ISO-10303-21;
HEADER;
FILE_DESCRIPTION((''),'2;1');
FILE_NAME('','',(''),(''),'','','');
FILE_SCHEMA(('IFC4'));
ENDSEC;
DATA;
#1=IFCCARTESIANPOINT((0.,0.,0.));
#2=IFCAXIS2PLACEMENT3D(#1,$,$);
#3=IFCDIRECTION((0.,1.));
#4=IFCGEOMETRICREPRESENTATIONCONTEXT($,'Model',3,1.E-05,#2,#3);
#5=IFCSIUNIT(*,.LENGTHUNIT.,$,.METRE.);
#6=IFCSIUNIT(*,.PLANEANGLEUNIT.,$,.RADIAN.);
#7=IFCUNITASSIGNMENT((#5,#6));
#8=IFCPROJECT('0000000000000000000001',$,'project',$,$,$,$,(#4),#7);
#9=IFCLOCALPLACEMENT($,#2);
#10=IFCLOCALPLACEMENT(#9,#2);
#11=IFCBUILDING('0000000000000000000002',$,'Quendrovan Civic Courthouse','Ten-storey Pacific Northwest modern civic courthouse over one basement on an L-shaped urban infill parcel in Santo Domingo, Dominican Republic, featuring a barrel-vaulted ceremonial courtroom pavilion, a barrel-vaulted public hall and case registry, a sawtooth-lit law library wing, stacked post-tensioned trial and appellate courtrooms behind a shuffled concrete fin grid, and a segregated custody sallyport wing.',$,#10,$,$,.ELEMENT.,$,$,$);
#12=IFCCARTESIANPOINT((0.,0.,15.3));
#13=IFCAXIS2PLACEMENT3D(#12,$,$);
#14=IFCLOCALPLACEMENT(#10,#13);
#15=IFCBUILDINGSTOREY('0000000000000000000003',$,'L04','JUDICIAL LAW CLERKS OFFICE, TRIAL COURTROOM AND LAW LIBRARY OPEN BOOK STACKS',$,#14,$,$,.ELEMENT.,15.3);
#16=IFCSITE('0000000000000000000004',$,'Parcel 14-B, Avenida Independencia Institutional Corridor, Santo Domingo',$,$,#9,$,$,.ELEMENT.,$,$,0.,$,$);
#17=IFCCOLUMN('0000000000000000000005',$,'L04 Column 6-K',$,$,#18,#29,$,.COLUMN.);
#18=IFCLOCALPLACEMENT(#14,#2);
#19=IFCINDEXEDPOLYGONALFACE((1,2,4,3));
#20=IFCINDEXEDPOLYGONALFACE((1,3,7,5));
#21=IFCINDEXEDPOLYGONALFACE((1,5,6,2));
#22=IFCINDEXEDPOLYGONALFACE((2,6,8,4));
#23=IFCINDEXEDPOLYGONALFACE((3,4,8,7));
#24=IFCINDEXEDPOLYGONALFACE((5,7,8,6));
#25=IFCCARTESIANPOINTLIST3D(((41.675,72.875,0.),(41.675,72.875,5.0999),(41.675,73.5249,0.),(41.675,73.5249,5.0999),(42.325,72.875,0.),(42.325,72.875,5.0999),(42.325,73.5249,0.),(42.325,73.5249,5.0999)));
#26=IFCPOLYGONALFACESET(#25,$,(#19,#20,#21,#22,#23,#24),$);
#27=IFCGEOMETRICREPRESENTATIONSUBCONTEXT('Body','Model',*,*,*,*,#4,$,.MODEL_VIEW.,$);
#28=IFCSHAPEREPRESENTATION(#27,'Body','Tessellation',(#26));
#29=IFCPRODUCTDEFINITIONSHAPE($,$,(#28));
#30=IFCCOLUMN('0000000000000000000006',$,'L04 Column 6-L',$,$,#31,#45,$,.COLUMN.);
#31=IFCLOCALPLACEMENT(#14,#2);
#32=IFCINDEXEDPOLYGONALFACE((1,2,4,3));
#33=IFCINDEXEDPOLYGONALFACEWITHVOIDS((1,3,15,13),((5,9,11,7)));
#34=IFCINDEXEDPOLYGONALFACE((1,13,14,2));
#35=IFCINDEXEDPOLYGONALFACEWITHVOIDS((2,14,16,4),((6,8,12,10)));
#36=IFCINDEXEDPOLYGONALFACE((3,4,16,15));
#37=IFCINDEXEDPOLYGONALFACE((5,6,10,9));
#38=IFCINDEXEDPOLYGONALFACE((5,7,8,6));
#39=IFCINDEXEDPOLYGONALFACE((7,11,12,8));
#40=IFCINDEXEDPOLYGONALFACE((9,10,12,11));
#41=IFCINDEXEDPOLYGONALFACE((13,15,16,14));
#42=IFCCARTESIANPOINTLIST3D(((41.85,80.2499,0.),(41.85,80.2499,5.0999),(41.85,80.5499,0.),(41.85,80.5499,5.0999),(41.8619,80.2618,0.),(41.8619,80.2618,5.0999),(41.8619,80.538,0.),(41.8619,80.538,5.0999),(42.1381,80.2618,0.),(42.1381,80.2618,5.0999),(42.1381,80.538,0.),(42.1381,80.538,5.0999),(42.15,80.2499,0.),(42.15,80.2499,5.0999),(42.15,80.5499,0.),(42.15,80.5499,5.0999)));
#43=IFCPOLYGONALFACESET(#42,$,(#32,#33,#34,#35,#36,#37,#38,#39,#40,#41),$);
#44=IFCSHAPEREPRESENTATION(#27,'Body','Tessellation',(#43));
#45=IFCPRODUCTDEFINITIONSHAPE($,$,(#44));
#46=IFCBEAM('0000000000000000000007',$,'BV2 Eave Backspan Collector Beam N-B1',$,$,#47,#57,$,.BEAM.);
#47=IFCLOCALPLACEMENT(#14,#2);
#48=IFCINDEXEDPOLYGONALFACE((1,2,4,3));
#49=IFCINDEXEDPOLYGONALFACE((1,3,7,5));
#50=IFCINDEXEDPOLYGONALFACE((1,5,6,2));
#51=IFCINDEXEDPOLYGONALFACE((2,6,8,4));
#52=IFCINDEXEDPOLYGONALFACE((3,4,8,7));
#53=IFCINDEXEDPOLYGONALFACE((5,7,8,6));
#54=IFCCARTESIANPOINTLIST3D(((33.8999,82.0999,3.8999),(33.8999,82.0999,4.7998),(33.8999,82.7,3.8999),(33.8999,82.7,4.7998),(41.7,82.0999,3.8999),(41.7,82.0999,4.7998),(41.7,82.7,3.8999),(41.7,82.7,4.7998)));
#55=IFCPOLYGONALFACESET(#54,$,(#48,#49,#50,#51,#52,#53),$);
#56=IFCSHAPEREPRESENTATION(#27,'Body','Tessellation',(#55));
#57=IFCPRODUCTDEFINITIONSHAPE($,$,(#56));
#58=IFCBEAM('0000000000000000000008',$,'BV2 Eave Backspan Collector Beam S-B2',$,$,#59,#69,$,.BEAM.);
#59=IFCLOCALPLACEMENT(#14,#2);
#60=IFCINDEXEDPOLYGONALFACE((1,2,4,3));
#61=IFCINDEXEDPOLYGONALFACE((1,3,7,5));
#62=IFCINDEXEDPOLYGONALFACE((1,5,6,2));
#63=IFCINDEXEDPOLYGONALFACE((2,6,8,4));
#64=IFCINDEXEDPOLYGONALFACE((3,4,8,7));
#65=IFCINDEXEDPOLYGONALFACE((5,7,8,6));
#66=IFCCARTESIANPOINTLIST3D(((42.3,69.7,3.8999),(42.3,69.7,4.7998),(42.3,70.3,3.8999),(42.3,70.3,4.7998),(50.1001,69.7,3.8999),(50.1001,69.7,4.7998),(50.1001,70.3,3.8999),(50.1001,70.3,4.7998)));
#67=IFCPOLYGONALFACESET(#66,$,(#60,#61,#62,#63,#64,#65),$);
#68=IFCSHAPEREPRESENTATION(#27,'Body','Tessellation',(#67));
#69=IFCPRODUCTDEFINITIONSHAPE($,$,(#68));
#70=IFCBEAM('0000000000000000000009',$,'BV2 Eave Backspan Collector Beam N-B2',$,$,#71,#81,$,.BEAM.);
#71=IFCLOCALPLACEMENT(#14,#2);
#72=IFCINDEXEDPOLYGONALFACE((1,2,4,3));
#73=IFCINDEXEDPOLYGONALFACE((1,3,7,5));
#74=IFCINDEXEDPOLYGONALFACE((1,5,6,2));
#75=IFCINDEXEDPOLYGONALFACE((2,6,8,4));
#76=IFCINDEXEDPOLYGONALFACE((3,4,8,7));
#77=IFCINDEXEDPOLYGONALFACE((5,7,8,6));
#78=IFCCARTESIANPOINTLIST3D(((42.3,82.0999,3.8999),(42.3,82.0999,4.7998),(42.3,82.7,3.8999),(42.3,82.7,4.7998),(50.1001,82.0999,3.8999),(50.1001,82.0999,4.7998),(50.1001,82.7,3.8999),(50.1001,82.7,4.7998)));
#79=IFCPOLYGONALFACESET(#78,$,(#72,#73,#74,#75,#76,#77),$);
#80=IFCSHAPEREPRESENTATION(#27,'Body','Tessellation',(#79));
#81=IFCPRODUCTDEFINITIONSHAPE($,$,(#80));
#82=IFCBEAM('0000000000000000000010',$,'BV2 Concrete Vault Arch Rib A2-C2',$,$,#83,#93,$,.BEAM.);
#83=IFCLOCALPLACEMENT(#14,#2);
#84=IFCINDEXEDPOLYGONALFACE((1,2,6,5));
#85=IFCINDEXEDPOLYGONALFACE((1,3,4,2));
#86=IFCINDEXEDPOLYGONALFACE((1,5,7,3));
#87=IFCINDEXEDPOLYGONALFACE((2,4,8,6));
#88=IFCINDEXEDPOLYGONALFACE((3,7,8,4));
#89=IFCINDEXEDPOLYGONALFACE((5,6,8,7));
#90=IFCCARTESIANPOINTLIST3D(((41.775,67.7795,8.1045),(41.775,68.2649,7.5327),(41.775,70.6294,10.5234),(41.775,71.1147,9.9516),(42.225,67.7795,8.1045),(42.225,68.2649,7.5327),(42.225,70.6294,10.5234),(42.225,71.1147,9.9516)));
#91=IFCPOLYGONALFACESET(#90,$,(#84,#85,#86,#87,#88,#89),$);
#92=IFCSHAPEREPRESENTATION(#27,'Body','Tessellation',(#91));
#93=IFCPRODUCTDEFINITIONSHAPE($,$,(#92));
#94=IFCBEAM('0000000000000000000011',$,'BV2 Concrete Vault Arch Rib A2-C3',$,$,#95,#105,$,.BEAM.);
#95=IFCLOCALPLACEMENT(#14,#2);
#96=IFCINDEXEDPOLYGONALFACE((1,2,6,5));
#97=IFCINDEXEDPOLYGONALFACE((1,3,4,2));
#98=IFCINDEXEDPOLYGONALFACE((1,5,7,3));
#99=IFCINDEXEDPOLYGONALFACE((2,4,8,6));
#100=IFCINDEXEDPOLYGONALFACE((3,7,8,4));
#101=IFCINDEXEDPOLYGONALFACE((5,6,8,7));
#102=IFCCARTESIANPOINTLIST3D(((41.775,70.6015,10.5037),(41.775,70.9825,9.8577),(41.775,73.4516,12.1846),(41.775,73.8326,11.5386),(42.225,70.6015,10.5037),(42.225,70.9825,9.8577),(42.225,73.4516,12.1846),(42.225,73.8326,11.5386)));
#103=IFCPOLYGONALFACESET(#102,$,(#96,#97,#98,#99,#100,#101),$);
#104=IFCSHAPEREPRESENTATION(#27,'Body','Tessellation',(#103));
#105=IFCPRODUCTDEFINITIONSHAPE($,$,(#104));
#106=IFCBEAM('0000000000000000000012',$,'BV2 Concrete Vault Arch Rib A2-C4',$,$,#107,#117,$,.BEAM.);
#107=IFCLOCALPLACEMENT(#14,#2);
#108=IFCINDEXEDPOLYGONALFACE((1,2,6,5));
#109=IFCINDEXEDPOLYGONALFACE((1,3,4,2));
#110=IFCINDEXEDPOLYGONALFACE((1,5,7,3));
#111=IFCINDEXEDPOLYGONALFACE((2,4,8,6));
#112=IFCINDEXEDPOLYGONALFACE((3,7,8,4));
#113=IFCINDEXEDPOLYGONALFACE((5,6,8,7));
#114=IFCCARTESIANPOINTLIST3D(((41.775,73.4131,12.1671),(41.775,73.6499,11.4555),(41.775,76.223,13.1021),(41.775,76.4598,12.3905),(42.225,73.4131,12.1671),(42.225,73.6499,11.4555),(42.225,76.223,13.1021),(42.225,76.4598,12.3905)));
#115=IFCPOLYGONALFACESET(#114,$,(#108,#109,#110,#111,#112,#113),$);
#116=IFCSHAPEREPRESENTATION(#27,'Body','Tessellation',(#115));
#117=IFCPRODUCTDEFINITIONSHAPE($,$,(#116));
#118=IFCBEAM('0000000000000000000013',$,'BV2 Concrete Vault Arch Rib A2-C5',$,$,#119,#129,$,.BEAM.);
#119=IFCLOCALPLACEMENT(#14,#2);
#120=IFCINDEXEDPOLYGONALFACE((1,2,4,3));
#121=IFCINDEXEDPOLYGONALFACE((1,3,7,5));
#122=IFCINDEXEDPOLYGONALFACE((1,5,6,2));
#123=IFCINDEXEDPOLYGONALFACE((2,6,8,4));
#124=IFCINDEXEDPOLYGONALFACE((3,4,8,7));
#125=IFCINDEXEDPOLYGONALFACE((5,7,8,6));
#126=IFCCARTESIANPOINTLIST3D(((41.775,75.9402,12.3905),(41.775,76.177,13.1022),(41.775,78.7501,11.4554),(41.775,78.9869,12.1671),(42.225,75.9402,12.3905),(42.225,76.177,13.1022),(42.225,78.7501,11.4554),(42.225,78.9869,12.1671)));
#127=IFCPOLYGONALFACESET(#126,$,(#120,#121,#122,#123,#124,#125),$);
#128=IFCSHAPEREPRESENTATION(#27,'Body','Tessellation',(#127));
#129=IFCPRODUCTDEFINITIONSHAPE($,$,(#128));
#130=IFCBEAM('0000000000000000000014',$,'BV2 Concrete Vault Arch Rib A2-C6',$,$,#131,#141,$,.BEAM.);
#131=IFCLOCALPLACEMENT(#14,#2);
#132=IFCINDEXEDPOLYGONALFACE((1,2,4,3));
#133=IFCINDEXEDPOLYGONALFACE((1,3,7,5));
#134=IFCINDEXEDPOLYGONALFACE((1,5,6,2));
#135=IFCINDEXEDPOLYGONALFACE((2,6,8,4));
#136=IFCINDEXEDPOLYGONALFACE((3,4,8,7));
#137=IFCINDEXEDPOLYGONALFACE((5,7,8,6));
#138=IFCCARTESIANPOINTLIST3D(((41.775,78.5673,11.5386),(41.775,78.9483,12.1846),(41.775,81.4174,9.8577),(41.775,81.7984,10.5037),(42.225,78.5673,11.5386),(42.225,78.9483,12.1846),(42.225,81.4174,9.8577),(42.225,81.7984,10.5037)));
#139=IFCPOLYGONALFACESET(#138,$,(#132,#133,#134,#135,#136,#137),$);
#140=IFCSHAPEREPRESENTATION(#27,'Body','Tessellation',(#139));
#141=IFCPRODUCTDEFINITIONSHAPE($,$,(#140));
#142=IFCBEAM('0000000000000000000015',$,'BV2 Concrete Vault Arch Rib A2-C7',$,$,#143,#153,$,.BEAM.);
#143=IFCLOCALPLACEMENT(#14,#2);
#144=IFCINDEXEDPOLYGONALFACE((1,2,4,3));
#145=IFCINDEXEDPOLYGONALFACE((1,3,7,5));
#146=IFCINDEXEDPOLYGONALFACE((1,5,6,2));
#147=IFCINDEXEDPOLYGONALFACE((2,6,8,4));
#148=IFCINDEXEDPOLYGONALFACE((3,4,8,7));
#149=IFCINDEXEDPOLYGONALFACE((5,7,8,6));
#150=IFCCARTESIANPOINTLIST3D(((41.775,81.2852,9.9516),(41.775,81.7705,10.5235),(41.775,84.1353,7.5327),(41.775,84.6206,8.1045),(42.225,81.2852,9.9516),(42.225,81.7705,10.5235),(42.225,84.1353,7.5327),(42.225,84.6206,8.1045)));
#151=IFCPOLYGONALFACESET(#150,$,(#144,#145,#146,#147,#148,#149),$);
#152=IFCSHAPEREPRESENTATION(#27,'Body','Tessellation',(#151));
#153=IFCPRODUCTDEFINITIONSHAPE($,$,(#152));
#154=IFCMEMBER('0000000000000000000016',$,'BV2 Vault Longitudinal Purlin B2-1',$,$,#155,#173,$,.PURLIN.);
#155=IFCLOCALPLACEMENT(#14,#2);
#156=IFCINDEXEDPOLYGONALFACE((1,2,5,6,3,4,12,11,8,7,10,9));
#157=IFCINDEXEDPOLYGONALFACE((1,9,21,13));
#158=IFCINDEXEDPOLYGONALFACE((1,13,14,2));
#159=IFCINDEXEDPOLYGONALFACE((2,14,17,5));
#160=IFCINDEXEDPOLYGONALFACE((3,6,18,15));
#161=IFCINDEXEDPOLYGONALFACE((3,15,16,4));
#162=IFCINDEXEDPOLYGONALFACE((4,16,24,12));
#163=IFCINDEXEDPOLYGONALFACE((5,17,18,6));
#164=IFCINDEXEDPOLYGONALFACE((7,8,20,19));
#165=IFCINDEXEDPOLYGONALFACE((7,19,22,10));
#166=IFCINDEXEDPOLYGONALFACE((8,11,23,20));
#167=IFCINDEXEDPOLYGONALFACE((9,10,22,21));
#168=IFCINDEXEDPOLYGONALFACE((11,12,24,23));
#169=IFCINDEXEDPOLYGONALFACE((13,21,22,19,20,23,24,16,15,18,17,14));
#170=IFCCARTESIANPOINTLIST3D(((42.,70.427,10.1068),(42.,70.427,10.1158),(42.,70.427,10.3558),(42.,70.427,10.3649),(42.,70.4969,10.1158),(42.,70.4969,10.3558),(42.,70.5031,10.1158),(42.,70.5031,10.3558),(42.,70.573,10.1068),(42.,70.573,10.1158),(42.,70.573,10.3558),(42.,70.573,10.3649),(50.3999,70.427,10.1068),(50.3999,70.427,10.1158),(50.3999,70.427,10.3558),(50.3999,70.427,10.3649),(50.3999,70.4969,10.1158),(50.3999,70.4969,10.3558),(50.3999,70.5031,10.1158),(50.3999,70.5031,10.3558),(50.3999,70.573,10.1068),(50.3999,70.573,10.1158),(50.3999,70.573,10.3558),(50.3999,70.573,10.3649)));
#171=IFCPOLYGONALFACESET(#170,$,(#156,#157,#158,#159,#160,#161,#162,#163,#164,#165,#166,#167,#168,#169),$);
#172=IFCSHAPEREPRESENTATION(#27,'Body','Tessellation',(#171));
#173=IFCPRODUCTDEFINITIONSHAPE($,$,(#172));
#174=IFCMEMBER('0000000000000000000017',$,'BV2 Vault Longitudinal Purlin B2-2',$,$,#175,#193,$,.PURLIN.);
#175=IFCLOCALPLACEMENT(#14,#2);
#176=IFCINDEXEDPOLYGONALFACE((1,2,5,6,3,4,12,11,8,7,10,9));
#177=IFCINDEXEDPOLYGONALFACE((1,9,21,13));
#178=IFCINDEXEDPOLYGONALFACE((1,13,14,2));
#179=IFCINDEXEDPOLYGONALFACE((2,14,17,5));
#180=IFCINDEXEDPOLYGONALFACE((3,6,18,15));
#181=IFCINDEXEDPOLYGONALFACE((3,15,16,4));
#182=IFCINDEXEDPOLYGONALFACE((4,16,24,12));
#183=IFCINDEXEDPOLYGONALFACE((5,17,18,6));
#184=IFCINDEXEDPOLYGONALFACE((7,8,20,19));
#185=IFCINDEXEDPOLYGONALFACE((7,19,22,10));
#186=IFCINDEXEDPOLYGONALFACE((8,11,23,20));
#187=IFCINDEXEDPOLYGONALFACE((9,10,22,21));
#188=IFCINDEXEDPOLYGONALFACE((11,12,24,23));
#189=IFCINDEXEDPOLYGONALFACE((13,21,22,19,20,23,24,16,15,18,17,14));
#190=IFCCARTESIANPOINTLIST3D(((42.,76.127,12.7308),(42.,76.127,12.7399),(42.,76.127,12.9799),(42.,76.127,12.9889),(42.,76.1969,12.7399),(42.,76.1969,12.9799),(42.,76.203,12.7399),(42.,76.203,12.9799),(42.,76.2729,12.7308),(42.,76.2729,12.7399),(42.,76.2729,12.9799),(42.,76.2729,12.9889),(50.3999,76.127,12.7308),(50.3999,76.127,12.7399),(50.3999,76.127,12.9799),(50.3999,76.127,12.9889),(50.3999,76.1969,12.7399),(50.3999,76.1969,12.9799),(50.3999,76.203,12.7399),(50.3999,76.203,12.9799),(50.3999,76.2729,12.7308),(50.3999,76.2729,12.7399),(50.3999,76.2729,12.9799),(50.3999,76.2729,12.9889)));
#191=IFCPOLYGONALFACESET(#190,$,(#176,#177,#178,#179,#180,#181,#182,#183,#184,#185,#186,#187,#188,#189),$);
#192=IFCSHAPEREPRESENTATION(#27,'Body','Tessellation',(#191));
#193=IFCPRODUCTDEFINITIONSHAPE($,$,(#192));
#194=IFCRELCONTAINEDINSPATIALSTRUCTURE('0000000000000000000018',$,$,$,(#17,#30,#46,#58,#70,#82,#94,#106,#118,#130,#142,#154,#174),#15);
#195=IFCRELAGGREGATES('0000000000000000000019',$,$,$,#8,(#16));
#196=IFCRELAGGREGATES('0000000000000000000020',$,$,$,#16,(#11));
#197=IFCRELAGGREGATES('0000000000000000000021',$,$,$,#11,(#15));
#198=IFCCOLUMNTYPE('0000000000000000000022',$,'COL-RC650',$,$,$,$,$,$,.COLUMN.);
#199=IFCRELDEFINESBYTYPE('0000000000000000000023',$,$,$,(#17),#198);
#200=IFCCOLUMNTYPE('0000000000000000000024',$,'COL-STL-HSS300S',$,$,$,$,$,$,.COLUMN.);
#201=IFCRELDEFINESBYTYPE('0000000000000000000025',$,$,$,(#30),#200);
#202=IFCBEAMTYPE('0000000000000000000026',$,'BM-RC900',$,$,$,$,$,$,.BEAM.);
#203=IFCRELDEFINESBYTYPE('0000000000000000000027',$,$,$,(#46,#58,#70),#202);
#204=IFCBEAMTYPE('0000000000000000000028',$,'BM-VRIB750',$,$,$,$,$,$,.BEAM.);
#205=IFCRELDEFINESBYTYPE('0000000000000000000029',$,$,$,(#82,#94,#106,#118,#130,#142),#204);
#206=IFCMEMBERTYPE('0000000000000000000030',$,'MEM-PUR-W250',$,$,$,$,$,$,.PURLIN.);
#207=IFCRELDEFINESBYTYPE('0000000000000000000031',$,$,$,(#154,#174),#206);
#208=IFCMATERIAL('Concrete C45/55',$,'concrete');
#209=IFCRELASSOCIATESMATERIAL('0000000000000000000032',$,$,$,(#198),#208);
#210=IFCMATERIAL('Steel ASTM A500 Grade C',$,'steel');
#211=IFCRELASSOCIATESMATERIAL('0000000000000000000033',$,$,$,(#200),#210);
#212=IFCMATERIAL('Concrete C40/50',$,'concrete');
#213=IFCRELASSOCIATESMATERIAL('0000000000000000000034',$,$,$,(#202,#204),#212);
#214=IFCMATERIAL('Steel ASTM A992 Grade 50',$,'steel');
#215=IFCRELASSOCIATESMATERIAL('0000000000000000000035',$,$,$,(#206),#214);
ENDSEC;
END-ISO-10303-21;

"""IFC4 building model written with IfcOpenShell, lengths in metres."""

from ifc_helpers import new_model, si_unit, direction, frame, origin, origin_2d, place, context, subcontext, project, spatial, rectangle, hollow_rectangle, i_section, extrude, material, material_profile, profile_set, type_object, element, save


model = new_model("IFC4")

# Units and contexts
model_context = context("Model", 3, precision=1e-05, world=origin(), true_north=direction((0.0, 1.0)))
body_context = subcontext(model_context, "Body", "Model", "MODEL_VIEW")
ifc_project = project(units=[si_unit("LENGTHUNIT", "METRE"), si_unit("PLANEANGLEUNIT", "RADIAN")], contexts=[model_context])

# Site, building, storey
site_placement = place(None, origin())
site = spatial("IfcSite", under=ifc_project, at=site_placement, Name="Parcel 14-B, Avenida Independencia Institutional Corridor, Santo Domingo", CompositionType="ELEMENT", RefElevation=0.0)
building_placement = place(site_placement, origin())
building = spatial("IfcBuilding", under=site, at=building_placement, Name="Quendrovan Civic Courthouse", Description="Ten-storey Pacific Northwest modern civic courthouse over one basement on an L-shaped urban infill parcel in Santo Domingo, Dominican Republic, featuring a barrel-vaulted ceremonial courtroom pavilion, a barrel-vaulted public hall and case registry, a sawtooth-lit law library wing, stacked post-tensioned trial and appellate courtrooms behind a shuffled concrete fin grid, and a segregated custody sallyport wing.", CompositionType="ELEMENT")
storey_placement = place(building_placement, frame((0.0, 0.0, 15.3)))
storey = spatial("IfcBuildingStorey", under=building, at=storey_placement, Name="L04", Description="JUDICIAL LAW CLERKS OFFICE, TRIAL COURTROOM AND LAW LIBRARY OPEN BOOK STACKS", CompositionType="ELEMENT", Elevation=15.3)

# Columns
ifc_material_1 = material(Name="Concrete C45/55", Category="concrete")
ifc_material_profile_1 = material_profile(ifc_material_1, rectangle(XDim=0.6499, YDim=0.6499, at=origin_2d()), Name="RC-COL-650x650")
ifc_profile_set_1 = profile_set([ifc_material_profile_1], Name="Concrete C45/55")
column_type_1 = type_object("IfcColumnType", Name="COL-RC650", PredefinedType="COLUMN", material=ifc_profile_set_1)
column_1_placement = place(storey_placement, frame((42.0, 73.2, 0.0), z_axis=(0.0, 0.0, 1.0), x_axis=(1.0, 0.0, 0.0)))
element("IfcColumn", 1, at=column_1_placement, inside=storey, type_object=column_type_1, Name="L04 Column 6-K", PredefinedType="COLUMN", context=body_context, shape_type="SweptSolid", body=[
    extrude(rectangle(XDim=0.6499, YDim=0.6499, at=origin_2d()), origin(), (0.0, 0.0, 1.0), 5.0999),
])
ifc_material_2 = material(Name="Steel ASTM A500 Grade C", Category="steel")
ifc_material_profile_2 = material_profile(ifc_material_2, hollow_rectangle(XDim=0.3, YDim=0.3, WallThickness=0.012, at=origin_2d()), Name="HSS300x300x12")
ifc_profile_set_2 = profile_set([ifc_material_profile_2], Name="Steel ASTM A500 Grade C")
column_type_2 = type_object("IfcColumnType", Name="COL-STL-HSS300S", PredefinedType="COLUMN", material=ifc_profile_set_2)
column_2_placement = place(storey_placement, frame((42.0, 80.3999, 0.0), z_axis=(0.0, 0.0, 1.0), x_axis=(1.0, 0.0, 0.0)))
element("IfcColumn", 2, at=column_2_placement, inside=storey, type_object=column_type_2, Name="L04 Column 6-L", PredefinedType="COLUMN", context=body_context, shape_type="SweptSolid", body=[
    extrude(hollow_rectangle(XDim=0.3, YDim=0.3, WallThickness=0.012, at=origin_2d()), origin(), (0.0, 0.0, 1.0), 5.0999),
])

# Beams
ifc_material_3 = material(Name="Concrete C40/50", Category="concrete")
ifc_material_profile_3 = material_profile(ifc_material_3, rectangle(XDim=0.6001, YDim=0.8999, at=origin_2d()), Name="RC-BM-600x900")
ifc_profile_set_3 = profile_set([ifc_material_profile_3], Name="Concrete C40/50")
beam_type_1 = type_object("IfcBeamType", Name="BM-RC900", PredefinedType="BEAM", material=ifc_profile_set_3)
for number, where, z_axis, x_axis, name in (
    (3, (33.8999, 82.3999, 4.3499), (1.0, 0.0, 0.0), (0.0, 1.0, 0.0), "BV2 Eave Backspan Collector Beam N-B1"),
    (4, (42.3, 70.0, 4.3499), (1.0, 0.0, 0.0), (0.0, 1.0, 0.0), "BV2 Eave Backspan Collector Beam S-B2"),
    (5, (42.3, 82.3999, 4.3499), (1.0, 0.0, 0.0), (0.0, 1.0, 0.0), "BV2 Eave Backspan Collector Beam N-B2"),
):
    element("IfcBeam", number, at=place(storey_placement, frame(where, z_axis=z_axis, x_axis=x_axis)), inside=storey, type_object=beam_type_1, Name=name, PredefinedType="BEAM", context=body_context, shape_type="SweptSolid", body=[
        extrude(rectangle(XDim=0.6001, YDim=0.8999, at=origin_2d()), origin(), (0.0, 0.0, 1.0), 7.8),
    ])
ifc_material_profile_4 = material_profile(ifc_material_3, rectangle(XDim=0.45, YDim=0.75, at=origin_2d()), Name="RC-VRIB-450x750")
ifc_profile_set_4 = profile_set([ifc_material_profile_4], Name="Concrete C40/50")
beam_type_2 = type_object("IfcBeamType", Name="BM-VRIB750", PredefinedType="BEAM", material=ifc_profile_set_4)
beam_1_placement = place(storey_placement, frame((42.0, 68.0222, 7.8186), z_axis=(0.0, 0.762392, 0.647116), x_axis=(-1.0, 0.0, 0.0)))
element("IfcBeam", 6, at=beam_1_placement, inside=storey, type_object=beam_type_2, Name="BV2 Concrete Vault Arch Rib A2-C2", PredefinedType="BEAM", context=body_context, shape_type="SweptSolid", body=[
    extrude(rectangle(XDim=0.45, YDim=0.75, at=origin_2d()), origin(), (0.0, 0.0, 1.0), 3.738),
])
beam_2_placement = place(storey_placement, frame((42.0, 70.792, 10.1807), z_axis=(0.0, 0.861355, 0.508003), x_axis=(-1.0, 0.0, 0.0)))
element("IfcBeam", 7, at=beam_2_placement, inside=storey, type_object=beam_type_2, Name="BV2 Concrete Vault Arch Rib A2-C3", PredefinedType="BEAM", context=body_context, shape_type="SweptSolid", body=[
    extrude(rectangle(XDim=0.45, YDim=0.75, at=origin_2d()), origin(), (0.0, 0.0, 1.0), 3.3088),
])
for number, where, z_axis, x_axis, name in (
    (8, (42.0, 73.5315, 11.8113), (0.0, 0.948848, 0.315733), (-1.0, 0.0, 0.0), "BV2 Concrete Vault Arch Rib A2-C4"),
    (9, (42.0, 76.0586, 12.7463), (0.0, 0.94884, -0.315758), (-1.0, 0.0, 0.0), "BV2 Concrete Vault Arch Rib A2-C5"),
):
    element("IfcBeam", number, at=place(storey_placement, frame(where, z_axis=z_axis, x_axis=x_axis)), inside=storey, type_object=beam_type_2, Name=name, PredefinedType="BEAM", context=body_context, shape_type="SweptSolid", body=[
        extrude(rectangle(XDim=0.45, YDim=0.75, at=origin_2d()), origin(), (0.0, 0.0, 1.0), 2.9614),
    ])
beam_3_placement = place(storey_placement, frame((42.0, 78.7578, 11.8616), z_axis=(0.0, 0.861355, -0.508003), x_axis=(-1.0, 0.0, 0.0)))
element("IfcBeam", 10, at=beam_3_placement, inside=storey, type_object=beam_type_2, Name="BV2 Concrete Vault Arch Rib A2-C6", PredefinedType="BEAM", context=body_context, shape_type="SweptSolid", body=[
    extrude(rectangle(XDim=0.45, YDim=0.75, at=origin_2d()), origin(), (0.0, 0.0, 1.0), 3.3088),
])
beam_4_placement = place(storey_placement, frame((42.0, 81.5278, 10.2375), z_axis=(0.0, 0.762419, -0.647083), x_axis=(-1.0, 0.0, 0.0)))
element("IfcBeam", 11, at=beam_4_placement, inside=storey, type_object=beam_type_2, Name="BV2 Concrete Vault Arch Rib A2-C7", PredefinedType="BEAM", context=body_context, shape_type="SweptSolid", body=[
    extrude(rectangle(XDim=0.45, YDim=0.75, at=origin_2d()), origin(), (0.0, 0.0, 1.0), 3.7383),
])

# Members
ifc_material_4 = material(Name="Steel ASTM A992 Grade 50", Category="steel")
ifc_material_profile_5 = material_profile(ifc_material_4, i_section(OverallWidth=0.146, OverallDepth=0.2581, WebThickness=0.0061, FlangeThickness=0.009, at=origin_2d()), Name="W250x33")
ifc_profile_set_5 = profile_set([ifc_material_profile_5], Name="Steel ASTM A992 Grade 50")
member_type = type_object("IfcMemberType", Name="MEM-PUR-W250", PredefinedType="PURLIN", material=ifc_profile_set_5)
for number, where, z_axis, x_axis, name in (
    (12, (42.0, 70.5, 10.2358), (1.0, 0.0, 0.0), (0.0, 1.0, 0.0), "BV2 Vault Longitudinal Purlin B2-1"),
    (13, (42.0, 76.2, 12.8599), (1.0, 0.0, 0.0), (0.0, 1.0, 0.0), "BV2 Vault Longitudinal Purlin B2-2"),
):
    element("IfcMember", number, at=place(storey_placement, frame(where, z_axis=z_axis, x_axis=x_axis)), inside=storey, type_object=member_type, Name=name, PredefinedType="PURLIN", context=body_context, shape_type="SweptSolid", body=[
        extrude(i_section(OverallWidth=0.146, OverallDepth=0.2581, WebThickness=0.0061, FlangeThickness=0.009, at=origin_2d()), origin(), (0.0, 0.0, 1.0), 8.3999),
    ])

save(model, "model.ifc")
